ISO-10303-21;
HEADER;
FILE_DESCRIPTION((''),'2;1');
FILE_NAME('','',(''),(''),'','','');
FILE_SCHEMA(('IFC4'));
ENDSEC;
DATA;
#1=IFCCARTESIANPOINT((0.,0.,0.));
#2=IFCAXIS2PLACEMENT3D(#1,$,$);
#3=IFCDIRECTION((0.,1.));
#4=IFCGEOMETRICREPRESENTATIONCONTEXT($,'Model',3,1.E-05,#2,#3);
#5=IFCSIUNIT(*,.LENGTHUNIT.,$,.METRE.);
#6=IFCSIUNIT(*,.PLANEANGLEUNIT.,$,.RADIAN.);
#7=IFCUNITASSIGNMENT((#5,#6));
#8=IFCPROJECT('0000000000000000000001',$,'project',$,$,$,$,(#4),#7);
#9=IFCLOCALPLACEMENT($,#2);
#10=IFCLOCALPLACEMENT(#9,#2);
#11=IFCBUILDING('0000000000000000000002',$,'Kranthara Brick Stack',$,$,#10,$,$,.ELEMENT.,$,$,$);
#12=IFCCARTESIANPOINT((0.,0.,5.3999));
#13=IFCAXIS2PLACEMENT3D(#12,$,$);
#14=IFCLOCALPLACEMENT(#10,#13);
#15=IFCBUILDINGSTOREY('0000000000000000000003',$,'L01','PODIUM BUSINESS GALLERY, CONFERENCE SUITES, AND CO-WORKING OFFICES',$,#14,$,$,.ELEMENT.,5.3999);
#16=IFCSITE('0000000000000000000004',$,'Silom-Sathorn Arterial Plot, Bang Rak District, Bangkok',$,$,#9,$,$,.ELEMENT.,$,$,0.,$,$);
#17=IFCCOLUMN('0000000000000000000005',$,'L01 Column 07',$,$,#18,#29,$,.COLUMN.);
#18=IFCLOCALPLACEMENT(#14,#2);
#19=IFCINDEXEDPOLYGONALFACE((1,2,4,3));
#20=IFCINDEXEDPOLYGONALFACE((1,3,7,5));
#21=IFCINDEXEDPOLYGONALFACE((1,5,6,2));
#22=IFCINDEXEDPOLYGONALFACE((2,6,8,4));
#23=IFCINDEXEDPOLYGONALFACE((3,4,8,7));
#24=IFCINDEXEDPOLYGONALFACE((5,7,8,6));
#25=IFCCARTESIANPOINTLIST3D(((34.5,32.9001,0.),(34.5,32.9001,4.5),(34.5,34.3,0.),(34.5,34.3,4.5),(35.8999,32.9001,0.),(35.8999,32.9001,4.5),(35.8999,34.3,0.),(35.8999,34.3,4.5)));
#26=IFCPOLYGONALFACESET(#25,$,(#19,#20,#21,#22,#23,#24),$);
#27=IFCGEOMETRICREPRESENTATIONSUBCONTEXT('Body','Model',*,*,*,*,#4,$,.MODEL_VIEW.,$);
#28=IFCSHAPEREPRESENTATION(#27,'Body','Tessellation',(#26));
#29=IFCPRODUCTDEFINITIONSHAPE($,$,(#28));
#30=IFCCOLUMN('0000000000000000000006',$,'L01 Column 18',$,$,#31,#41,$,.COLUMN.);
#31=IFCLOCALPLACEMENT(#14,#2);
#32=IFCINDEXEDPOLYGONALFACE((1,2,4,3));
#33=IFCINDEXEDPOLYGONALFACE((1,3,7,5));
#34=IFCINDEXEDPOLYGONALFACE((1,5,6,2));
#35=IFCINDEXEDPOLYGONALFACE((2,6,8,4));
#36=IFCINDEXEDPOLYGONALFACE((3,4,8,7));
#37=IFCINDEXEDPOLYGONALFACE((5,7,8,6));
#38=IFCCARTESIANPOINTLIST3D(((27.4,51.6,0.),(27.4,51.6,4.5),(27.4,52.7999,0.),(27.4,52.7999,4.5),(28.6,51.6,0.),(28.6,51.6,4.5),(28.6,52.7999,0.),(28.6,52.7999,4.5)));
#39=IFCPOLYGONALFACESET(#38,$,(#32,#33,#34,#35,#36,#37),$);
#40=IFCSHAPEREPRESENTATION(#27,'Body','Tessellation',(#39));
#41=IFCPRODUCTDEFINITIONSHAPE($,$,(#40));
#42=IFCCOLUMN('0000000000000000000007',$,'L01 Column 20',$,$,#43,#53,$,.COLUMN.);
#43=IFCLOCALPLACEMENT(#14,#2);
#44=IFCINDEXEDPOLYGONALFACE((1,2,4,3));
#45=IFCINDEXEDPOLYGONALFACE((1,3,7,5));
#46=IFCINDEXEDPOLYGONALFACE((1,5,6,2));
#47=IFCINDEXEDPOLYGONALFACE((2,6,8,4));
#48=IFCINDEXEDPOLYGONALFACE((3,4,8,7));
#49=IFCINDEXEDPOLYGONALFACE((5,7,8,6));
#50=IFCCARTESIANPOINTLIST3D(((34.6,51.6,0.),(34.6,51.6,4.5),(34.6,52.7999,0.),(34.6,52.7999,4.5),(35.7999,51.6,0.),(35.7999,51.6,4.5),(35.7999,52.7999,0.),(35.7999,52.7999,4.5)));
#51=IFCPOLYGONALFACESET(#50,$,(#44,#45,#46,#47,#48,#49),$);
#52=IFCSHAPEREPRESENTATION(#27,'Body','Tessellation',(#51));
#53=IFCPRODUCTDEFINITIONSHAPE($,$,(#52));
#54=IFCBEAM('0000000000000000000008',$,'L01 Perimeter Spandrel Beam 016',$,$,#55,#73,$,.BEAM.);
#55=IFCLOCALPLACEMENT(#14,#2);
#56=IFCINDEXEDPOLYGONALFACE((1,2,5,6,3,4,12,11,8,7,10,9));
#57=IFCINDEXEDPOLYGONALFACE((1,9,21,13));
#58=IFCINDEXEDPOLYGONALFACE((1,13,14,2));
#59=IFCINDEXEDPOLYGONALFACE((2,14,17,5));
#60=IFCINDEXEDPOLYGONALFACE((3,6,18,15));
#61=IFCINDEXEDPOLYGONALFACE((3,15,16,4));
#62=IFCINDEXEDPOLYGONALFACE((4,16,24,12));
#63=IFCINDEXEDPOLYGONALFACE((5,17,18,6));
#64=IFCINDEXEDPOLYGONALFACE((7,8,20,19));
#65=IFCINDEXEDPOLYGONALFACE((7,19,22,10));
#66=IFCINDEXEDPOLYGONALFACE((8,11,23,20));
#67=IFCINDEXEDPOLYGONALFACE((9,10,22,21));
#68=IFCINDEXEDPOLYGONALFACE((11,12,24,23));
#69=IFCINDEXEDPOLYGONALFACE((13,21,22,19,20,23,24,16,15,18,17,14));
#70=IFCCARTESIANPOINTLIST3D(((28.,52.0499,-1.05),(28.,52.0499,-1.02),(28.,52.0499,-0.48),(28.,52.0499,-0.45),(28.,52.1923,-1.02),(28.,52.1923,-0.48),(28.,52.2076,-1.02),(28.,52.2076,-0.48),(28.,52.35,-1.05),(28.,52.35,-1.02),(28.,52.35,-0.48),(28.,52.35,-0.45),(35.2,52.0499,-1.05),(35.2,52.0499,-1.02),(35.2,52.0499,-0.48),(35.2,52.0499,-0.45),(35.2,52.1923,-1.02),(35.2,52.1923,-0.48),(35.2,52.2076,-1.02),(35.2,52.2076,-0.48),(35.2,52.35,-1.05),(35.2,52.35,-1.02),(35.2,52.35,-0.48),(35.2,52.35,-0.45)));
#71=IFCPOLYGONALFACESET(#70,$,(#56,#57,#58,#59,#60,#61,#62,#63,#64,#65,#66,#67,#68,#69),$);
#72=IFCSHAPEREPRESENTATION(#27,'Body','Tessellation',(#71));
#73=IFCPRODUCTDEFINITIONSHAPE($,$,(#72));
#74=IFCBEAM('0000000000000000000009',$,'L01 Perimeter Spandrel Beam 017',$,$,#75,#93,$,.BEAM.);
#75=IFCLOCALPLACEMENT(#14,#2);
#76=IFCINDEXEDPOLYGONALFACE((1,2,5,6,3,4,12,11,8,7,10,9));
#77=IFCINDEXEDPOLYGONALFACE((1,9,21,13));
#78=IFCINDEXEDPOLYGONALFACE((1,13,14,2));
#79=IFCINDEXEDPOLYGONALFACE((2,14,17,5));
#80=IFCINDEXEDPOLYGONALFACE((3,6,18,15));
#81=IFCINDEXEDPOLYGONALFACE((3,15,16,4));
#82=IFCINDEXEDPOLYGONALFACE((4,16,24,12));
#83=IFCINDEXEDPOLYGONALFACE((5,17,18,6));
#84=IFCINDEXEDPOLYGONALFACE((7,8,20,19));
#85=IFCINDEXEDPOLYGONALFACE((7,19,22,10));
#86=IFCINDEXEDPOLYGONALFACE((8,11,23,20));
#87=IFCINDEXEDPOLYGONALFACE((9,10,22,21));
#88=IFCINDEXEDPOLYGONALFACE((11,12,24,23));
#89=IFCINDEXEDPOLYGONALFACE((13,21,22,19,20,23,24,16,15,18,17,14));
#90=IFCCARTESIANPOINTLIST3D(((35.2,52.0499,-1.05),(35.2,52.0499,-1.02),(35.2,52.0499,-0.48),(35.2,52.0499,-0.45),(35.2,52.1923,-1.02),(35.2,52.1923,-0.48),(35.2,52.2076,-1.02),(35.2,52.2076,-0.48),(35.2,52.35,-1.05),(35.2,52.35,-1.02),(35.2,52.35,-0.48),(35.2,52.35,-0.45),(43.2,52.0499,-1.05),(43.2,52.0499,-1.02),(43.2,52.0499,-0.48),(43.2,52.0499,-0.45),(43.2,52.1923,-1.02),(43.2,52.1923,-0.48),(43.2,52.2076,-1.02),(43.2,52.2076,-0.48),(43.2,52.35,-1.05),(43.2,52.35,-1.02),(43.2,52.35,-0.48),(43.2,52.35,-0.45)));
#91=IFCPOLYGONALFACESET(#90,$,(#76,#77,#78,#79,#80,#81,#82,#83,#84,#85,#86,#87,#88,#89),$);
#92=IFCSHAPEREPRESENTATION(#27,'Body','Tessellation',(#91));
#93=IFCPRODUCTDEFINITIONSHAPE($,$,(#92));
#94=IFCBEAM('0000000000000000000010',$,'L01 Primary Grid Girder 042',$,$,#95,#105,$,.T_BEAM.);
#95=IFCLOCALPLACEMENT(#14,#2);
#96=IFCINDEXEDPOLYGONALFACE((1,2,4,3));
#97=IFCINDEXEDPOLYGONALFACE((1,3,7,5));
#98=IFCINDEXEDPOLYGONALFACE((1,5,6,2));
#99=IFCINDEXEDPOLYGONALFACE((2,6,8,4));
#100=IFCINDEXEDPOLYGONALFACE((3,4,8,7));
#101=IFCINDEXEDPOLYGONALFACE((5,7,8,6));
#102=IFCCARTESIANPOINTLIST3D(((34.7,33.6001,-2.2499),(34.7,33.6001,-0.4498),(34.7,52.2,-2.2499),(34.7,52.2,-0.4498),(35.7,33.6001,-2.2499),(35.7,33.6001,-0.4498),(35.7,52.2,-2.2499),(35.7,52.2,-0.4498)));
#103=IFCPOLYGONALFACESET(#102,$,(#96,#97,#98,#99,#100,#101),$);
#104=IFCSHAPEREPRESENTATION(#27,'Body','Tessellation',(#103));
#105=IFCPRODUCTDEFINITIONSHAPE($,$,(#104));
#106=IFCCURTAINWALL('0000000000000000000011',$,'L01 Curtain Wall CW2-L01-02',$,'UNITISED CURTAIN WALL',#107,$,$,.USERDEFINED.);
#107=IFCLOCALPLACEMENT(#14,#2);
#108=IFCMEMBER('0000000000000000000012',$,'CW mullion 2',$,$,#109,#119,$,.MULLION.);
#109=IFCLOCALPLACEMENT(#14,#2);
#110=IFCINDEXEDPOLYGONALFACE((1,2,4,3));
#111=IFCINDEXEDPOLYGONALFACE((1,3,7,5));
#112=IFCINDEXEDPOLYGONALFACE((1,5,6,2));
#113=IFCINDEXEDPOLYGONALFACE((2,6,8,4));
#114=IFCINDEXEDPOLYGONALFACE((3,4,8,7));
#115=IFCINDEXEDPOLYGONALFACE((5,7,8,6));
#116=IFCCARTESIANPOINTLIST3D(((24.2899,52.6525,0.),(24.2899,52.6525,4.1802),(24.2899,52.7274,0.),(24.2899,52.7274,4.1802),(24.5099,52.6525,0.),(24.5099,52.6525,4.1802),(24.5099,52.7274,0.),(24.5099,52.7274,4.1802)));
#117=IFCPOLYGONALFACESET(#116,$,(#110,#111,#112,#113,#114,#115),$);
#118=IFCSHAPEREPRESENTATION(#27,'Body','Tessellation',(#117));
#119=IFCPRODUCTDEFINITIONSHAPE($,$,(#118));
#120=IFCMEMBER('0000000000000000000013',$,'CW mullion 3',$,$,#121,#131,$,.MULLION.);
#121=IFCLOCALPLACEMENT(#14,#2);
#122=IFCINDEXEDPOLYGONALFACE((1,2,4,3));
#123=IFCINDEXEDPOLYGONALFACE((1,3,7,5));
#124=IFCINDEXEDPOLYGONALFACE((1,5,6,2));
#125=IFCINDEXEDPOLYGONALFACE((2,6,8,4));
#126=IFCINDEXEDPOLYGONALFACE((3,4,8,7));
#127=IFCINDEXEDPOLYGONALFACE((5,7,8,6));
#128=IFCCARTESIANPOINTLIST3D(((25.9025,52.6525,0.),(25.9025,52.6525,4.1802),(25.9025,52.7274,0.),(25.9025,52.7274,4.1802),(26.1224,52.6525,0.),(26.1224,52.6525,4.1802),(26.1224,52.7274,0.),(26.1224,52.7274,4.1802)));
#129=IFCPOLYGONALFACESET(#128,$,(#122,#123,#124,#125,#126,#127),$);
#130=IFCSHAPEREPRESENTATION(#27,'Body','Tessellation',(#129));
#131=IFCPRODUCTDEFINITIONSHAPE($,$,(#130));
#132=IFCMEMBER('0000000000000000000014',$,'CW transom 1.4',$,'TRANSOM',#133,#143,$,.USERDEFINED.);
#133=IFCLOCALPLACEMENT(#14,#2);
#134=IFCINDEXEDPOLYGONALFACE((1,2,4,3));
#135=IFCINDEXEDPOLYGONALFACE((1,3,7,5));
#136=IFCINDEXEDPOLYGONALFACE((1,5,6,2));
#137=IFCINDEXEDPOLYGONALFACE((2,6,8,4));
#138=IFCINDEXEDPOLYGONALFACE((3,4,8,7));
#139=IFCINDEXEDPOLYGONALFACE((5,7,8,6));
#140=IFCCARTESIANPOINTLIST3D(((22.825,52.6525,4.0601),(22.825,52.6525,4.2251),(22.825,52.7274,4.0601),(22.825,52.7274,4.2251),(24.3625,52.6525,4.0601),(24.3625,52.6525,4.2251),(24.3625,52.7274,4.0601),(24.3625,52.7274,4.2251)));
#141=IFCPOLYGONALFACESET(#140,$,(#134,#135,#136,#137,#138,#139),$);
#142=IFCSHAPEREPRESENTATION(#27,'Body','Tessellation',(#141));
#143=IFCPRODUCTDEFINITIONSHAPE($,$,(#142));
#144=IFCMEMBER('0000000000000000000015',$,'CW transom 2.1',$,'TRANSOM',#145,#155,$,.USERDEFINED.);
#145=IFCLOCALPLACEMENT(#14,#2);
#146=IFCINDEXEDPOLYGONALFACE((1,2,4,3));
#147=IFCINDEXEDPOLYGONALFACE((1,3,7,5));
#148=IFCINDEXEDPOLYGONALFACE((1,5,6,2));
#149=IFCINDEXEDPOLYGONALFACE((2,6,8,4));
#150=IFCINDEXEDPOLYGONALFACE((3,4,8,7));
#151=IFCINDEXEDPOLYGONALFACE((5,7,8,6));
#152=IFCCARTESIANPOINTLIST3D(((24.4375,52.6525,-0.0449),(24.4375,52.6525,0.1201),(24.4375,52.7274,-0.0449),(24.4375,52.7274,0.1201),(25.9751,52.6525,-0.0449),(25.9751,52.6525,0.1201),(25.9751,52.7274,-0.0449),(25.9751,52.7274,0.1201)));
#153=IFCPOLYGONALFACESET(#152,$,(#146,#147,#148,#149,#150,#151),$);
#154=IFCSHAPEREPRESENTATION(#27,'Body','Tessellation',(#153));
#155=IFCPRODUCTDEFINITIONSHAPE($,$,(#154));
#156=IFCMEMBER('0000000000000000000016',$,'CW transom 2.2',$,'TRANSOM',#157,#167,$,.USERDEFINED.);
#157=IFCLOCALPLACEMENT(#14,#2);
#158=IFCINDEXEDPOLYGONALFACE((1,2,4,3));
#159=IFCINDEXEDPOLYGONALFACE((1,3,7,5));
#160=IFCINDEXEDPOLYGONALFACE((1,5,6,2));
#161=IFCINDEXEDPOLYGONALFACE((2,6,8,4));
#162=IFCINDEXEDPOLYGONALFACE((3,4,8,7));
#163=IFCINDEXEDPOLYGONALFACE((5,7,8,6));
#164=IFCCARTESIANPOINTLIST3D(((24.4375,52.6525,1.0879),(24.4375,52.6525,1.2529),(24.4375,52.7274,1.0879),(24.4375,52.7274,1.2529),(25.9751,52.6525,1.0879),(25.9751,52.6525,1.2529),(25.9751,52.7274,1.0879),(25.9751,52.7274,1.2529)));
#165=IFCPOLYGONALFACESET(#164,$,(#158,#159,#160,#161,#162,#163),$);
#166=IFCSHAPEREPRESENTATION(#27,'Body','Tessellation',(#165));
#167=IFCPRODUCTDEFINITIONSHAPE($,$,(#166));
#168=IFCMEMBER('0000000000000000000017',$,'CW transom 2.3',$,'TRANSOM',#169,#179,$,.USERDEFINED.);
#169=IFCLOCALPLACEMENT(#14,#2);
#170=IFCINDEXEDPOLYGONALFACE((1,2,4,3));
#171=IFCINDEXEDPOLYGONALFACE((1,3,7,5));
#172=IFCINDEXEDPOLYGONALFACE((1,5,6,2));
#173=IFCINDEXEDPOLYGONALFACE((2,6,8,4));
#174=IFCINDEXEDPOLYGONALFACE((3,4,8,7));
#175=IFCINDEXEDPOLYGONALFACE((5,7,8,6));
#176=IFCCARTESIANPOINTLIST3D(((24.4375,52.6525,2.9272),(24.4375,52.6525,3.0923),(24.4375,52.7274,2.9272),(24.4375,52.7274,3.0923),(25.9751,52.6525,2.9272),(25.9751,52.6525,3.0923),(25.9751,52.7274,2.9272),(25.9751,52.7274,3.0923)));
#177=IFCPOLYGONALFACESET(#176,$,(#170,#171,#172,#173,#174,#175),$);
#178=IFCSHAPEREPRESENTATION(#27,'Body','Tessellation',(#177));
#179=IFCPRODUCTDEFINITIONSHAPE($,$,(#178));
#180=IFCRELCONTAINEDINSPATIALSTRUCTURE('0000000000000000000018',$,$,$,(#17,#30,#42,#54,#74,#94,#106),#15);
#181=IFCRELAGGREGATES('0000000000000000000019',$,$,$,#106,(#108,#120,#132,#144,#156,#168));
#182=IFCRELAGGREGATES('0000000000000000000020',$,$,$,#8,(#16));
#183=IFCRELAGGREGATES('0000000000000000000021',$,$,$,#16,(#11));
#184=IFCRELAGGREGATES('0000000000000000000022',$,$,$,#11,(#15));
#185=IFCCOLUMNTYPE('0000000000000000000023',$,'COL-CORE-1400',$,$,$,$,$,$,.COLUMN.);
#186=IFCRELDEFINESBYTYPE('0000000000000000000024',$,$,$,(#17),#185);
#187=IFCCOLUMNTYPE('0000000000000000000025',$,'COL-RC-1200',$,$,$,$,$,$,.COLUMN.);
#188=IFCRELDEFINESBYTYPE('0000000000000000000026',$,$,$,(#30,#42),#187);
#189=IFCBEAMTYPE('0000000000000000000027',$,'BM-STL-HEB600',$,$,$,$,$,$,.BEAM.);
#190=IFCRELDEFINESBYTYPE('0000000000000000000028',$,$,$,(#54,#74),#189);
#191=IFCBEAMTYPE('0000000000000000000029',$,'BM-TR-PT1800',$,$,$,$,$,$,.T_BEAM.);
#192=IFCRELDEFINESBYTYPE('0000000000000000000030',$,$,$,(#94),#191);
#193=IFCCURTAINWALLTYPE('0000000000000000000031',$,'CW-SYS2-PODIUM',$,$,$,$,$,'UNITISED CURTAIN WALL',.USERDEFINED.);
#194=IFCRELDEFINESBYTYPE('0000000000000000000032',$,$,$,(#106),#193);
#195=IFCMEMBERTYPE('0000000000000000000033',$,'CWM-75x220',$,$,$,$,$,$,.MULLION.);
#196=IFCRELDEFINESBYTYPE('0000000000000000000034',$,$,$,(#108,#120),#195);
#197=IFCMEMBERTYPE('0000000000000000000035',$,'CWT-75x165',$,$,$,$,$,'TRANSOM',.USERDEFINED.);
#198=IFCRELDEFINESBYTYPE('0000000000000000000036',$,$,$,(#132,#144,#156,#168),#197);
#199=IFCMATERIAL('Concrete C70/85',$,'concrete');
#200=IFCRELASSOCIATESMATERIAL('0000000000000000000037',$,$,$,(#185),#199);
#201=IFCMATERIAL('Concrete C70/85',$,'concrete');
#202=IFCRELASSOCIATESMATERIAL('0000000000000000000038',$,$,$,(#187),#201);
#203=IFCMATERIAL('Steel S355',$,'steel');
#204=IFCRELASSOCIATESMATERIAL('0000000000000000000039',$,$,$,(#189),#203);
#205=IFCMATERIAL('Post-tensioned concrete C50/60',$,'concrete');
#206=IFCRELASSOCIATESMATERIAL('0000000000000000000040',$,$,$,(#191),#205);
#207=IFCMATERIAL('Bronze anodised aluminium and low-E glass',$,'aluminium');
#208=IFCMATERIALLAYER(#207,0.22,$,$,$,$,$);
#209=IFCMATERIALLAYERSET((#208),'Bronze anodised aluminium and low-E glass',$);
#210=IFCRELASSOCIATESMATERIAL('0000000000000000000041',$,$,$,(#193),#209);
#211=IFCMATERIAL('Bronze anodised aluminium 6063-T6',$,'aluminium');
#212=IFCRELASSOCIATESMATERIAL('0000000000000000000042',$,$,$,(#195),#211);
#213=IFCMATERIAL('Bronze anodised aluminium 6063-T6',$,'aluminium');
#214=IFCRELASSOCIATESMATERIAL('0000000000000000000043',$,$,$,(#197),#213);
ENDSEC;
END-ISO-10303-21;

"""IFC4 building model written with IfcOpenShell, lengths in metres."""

from ifc_helpers import new_model, si_unit, direction, frame, origin, origin_2d, place, context, subcontext, project, spatial, rectangle, i_section, extrude, material, layer, layer_set, material_profile, profile_set, type_object, element, aggregate, save


model = new_model("IFC4")

# Units and contexts
model_context = context("Model", 3, precision=1e-05, world=origin(), true_north=direction((0.0, 1.0)))
body_context = subcontext(model_context, "Body", "Model", "MODEL_VIEW")
ifc_project = project(units=[si_unit("LENGTHUNIT", "METRE"), si_unit("PLANEANGLEUNIT", "RADIAN")], contexts=[model_context])

# Site, building, storey
site_placement = place(None, origin())
site = spatial("IfcSite", under=ifc_project, at=site_placement, Name="Silom-Sathorn Arterial Plot, Bang Rak District, Bangkok", CompositionType="ELEMENT", RefElevation=0.0)
building_placement = place(site_placement, origin())
building = spatial("IfcBuilding", under=site, at=building_placement, Name="Kranthara Brick Stack", CompositionType="ELEMENT")
storey_placement = place(building_placement, frame((0.0, 0.0, 5.3999)))
storey = spatial("IfcBuildingStorey", under=building, at=storey_placement, Name="L01", Description="PODIUM BUSINESS GALLERY, CONFERENCE SUITES, AND CO-WORKING OFFICES", CompositionType="ELEMENT", Elevation=5.3999)

# Columns
ifc_material_1 = material(Name="Concrete C70/85", Category="concrete")
ifc_material_profile_1 = material_profile(ifc_material_1, rectangle(XDim=1.3999, YDim=1.3999, at=origin_2d()), Name="RC 1400x1400")
ifc_profile_set_1 = profile_set([ifc_material_profile_1], Name="Concrete C70/85")
column_type_1 = type_object("IfcColumnType", Name="COL-CORE-1400", PredefinedType="COLUMN", material=ifc_profile_set_1)
column_placement = place(storey_placement, frame((35.2, 33.6001, 0.0), z_axis=(0.0, 0.0, 1.0), x_axis=(1.0, 0.0, 0.0)))
element("IfcColumn", 1, at=column_placement, inside=storey, type_object=column_type_1, Name="L01 Column 07", PredefinedType="COLUMN", context=body_context, shape_type="SweptSolid", body=[
    extrude(rectangle(XDim=1.3999, YDim=1.3999, at=origin_2d()), origin(), (0.0, 0.0, 1.0), 4.5),
])
ifc_material_2 = material(Name="Concrete C70/85", Category="concrete")
ifc_material_profile_2 = material_profile(ifc_material_2, rectangle(XDim=1.2, YDim=1.2, at=origin_2d()), Name="RC 1200x1200")
ifc_profile_set_2 = profile_set([ifc_material_profile_2], Name="Concrete C70/85")
column_type_2 = type_object("IfcColumnType", Name="COL-RC-1200", PredefinedType="COLUMN", material=ifc_profile_set_2)
for number, where, z_axis, x_axis, name in (
    (2, (28.0, 52.2, 0.0), (0.0, 0.0, 1.0), (1.0, 0.0, 0.0), "L01 Column 18"),
    (3, (35.2, 52.2, 0.0), (0.0, 0.0, 1.0), (1.0, 0.0, 0.0), "L01 Column 20"),
):
    element("IfcColumn", number, at=place(storey_placement, frame(where, z_axis=z_axis, x_axis=x_axis)), inside=storey, type_object=column_type_2, Name=name, PredefinedType="COLUMN", context=body_context, shape_type="SweptSolid", body=[
        extrude(rectangle(XDim=1.2, YDim=1.2, at=origin_2d()), origin(), (0.0, 0.0, 1.0), 4.5),
    ])

# Beams
ifc_material_3 = material(Name="Steel S355", Category="steel")
ifc_material_profile_3 = material_profile(ifc_material_3, i_section(OverallWidth=0.3, OverallDepth=0.6001, WebThickness=0.0154, FlangeThickness=0.03, at=origin_2d()), Name="HEB 600")
ifc_profile_set_3 = profile_set([ifc_material_profile_3], Name="Steel S355")
beam_type_1 = type_object("IfcBeamType", Name="BM-STL-HEB600", PredefinedType="BEAM", material=ifc_profile_set_3)
beam_1_placement = place(storey_placement, frame((28.0, 52.2, -0.75), z_axis=(1.0, 0.0, 0.0), x_axis=(0.0, 1.0, 0.0)))
element("IfcBeam", 4, at=beam_1_placement, inside=storey, type_object=beam_type_1, Name="L01 Perimeter Spandrel Beam 016", PredefinedType="BEAM", context=body_context, shape_type="SweptSolid", body=[
    extrude(i_section(OverallWidth=0.3, OverallDepth=0.6001, WebThickness=0.0154, FlangeThickness=0.03, at=origin_2d()), origin(), (0.0, 0.0, 1.0), 7.2),
])
beam_2_placement = place(storey_placement, frame((35.2, 52.2, -0.75), z_axis=(1.0, 0.0, 0.0), x_axis=(0.0, 1.0, 0.0)))
element("IfcBeam", 5, at=beam_2_placement, inside=storey, type_object=beam_type_1, Name="L01 Perimeter Spandrel Beam 017", PredefinedType="BEAM", context=body_context, shape_type="SweptSolid", body=[
    extrude(i_section(OverallWidth=0.3, OverallDepth=0.6001, WebThickness=0.0154, FlangeThickness=0.03, at=origin_2d()), origin(), (0.0, 0.0, 1.0), 8.0),
])
ifc_material_4 = material(Name="Post-tensioned concrete C50/60", Category="concrete")
ifc_material_profile_4 = material_profile(ifc_material_4, rectangle(XDim=1.0, YDim=1.8, at=origin_2d()), Name="PT 1000x1800")
ifc_profile_set_4 = profile_set([ifc_material_profile_4], Name="Post-tensioned concrete C50/60")
beam_type_2 = type_object("IfcBeamType", Name="BM-TR-PT1800", PredefinedType="T_BEAM", material=ifc_profile_set_4)
beam_3_placement = place(storey_placement, frame((35.2, 33.6001, -1.3499), z_axis=(0.0, 1.0, 0.0), x_axis=(-1.0, 0.0, 0.0)))
element("IfcBeam", 6, at=beam_3_placement, inside=storey, type_object=beam_type_2, Name="L01 Primary Grid Girder 042", PredefinedType="T_BEAM", context=body_context, shape_type="SweptSolid", body=[
    extrude(rectangle(XDim=1.0, YDim=1.8, at=origin_2d()), origin(), (0.0, 0.0, 1.0), 18.5999),
])

# Curtain wall, members
ifc_material_5 = material(Name="Bronze anodised aluminium and low-E glass", Category="aluminium")
ifc_layer_1 = layer(ifc_material_5, 0.22)
ifc_layer_set_1 = layer_set([ifc_layer_1], Name="Bronze anodised aluminium and low-E glass")
curtain_wall_type = type_object("IfcCurtainWallType", Name="CW-SYS2-PODIUM", ElementType="UNITISED CURTAIN WALL", PredefinedType="USERDEFINED", material=ifc_layer_set_1)
curtain_wall_placement = place(storey_placement, origin())
curtain_wall = element("IfcCurtainWall", 7, at=curtain_wall_placement, inside=storey, type_object=curtain_wall_type, Name="L01 Curtain Wall CW2-L01-02", ObjectType="UNITISED CURTAIN WALL", PredefinedType="USERDEFINED")
ifc_material_6 = material(Name="Bronze anodised aluminium 6063-T6", Category="aluminium")
ifc_material_profile_5 = material_profile(ifc_material_6, rectangle(XDim=0.075, YDim=0.22, at=origin_2d()), Name="ALU MULLION 75x220")
ifc_profile_set_5 = profile_set([ifc_material_profile_5], Name="Bronze anodised aluminium 6063-T6")
member_type_1 = type_object("IfcMemberType", Name="CWM-75x220", PredefinedType="MULLION", material=ifc_profile_set_5)
member_1_placement = place(storey_placement, frame((24.3999, 52.6899, 0.0), z_axis=(0.0, 0.0, 1.0), x_axis=(0.0, 1.0, 0.0)))
member_1 = element("IfcMember", 8, at=member_1_placement, type_object=member_type_1, Name="CW mullion 2", PredefinedType="MULLION", context=body_context, shape_type="SweptSolid", body=[
    extrude(rectangle(XDim=0.075, YDim=0.22, at=origin_2d()), origin(), (0.0, 0.0, 1.0), 4.1802),
])
member_2_placement = place(storey_placement, frame((26.0125, 52.6899, 0.0), z_axis=(0.0, 0.0, 1.0), x_axis=(0.0, 1.0, 0.0)))
member_2 = element("IfcMember", 9, at=member_2_placement, type_object=member_type_1, Name="CW mullion 3", PredefinedType="MULLION", context=body_context, shape_type="SweptSolid", body=[
    extrude(rectangle(XDim=0.075, YDim=0.22, at=origin_2d()), origin(), (0.0, 0.0, 1.0), 4.1802),
])
ifc_material_7 = material(Name="Bronze anodised aluminium 6063-T6", Category="aluminium")
ifc_material_profile_6 = material_profile(ifc_material_7, rectangle(XDim=0.075, YDim=0.165, at=origin_2d()), Name="ALU TRANSOM 75x165")
ifc_profile_set_6 = profile_set([ifc_material_profile_6], Name="Bronze anodised aluminium 6063-T6")
member_type_2 = type_object("IfcMemberType", Name="CWT-75x165", ElementType="TRANSOM", PredefinedType="USERDEFINED", material=ifc_profile_set_6)
member_3_placement = place(storey_placement, frame((22.825, 52.6899, 4.1426), z_axis=(1.0, 0.0, 0.0), x_axis=(0.0, 1.0, 0.0)))
member_3 = element("IfcMember", 10, at=member_3_placement, type_object=member_type_2, Name="CW transom 1.4", ObjectType="TRANSOM", PredefinedType="USERDEFINED", context=body_context, shape_type="SweptSolid", body=[
    extrude(rectangle(XDim=0.075, YDim=0.165, at=origin_2d()), origin(), (0.0, 0.0, 1.0), 1.5376),
])
member_4_placement = place(storey_placement, frame((24.4375, 52.6899, 0.0376), z_axis=(1.0, 0.0, 0.0), x_axis=(0.0, 1.0, 0.0)))
member_4 = element("IfcMember", 11, at=member_4_placement, type_object=member_type_2, Name="CW transom 2.1", ObjectType="TRANSOM", PredefinedType="USERDEFINED", context=body_context, shape_type="SweptSolid", body=[
    extrude(rectangle(XDim=0.075, YDim=0.165, at=origin_2d()), origin(), (0.0, 0.0, 1.0), 1.5376),
])
member_5_placement = place(storey_placement, frame((24.4375, 52.6899, 1.1704), z_axis=(1.0, 0.0, 0.0), x_axis=(0.0, 1.0, 0.0)))
member_5 = element("IfcMember", 12, at=member_5_placement, type_object=member_type_2, Name="CW transom 2.2", ObjectType="TRANSOM", PredefinedType="USERDEFINED", context=body_context, shape_type="SweptSolid", body=[
    extrude(rectangle(XDim=0.075, YDim=0.165, at=origin_2d()), origin(), (0.0, 0.0, 1.0), 1.5376),
])
member_6_placement = place(storey_placement, frame((24.4375, 52.6899, 3.0098), z_axis=(1.0, 0.0, 0.0), x_axis=(0.0, 1.0, 0.0)))
member_6 = element("IfcMember", 13, at=member_6_placement, type_object=member_type_2, Name="CW transom 2.3", ObjectType="TRANSOM", PredefinedType="USERDEFINED", context=body_context, shape_type="SweptSolid", body=[
    extrude(rectangle(XDim=0.075, YDim=0.165, at=origin_2d()), origin(), (0.0, 0.0, 1.0), 1.5376),
])
aggregate(curtain_wall, [member_1, member_2, member_3, member_4, member_5, member_6])

save(model, "model.ifc")
